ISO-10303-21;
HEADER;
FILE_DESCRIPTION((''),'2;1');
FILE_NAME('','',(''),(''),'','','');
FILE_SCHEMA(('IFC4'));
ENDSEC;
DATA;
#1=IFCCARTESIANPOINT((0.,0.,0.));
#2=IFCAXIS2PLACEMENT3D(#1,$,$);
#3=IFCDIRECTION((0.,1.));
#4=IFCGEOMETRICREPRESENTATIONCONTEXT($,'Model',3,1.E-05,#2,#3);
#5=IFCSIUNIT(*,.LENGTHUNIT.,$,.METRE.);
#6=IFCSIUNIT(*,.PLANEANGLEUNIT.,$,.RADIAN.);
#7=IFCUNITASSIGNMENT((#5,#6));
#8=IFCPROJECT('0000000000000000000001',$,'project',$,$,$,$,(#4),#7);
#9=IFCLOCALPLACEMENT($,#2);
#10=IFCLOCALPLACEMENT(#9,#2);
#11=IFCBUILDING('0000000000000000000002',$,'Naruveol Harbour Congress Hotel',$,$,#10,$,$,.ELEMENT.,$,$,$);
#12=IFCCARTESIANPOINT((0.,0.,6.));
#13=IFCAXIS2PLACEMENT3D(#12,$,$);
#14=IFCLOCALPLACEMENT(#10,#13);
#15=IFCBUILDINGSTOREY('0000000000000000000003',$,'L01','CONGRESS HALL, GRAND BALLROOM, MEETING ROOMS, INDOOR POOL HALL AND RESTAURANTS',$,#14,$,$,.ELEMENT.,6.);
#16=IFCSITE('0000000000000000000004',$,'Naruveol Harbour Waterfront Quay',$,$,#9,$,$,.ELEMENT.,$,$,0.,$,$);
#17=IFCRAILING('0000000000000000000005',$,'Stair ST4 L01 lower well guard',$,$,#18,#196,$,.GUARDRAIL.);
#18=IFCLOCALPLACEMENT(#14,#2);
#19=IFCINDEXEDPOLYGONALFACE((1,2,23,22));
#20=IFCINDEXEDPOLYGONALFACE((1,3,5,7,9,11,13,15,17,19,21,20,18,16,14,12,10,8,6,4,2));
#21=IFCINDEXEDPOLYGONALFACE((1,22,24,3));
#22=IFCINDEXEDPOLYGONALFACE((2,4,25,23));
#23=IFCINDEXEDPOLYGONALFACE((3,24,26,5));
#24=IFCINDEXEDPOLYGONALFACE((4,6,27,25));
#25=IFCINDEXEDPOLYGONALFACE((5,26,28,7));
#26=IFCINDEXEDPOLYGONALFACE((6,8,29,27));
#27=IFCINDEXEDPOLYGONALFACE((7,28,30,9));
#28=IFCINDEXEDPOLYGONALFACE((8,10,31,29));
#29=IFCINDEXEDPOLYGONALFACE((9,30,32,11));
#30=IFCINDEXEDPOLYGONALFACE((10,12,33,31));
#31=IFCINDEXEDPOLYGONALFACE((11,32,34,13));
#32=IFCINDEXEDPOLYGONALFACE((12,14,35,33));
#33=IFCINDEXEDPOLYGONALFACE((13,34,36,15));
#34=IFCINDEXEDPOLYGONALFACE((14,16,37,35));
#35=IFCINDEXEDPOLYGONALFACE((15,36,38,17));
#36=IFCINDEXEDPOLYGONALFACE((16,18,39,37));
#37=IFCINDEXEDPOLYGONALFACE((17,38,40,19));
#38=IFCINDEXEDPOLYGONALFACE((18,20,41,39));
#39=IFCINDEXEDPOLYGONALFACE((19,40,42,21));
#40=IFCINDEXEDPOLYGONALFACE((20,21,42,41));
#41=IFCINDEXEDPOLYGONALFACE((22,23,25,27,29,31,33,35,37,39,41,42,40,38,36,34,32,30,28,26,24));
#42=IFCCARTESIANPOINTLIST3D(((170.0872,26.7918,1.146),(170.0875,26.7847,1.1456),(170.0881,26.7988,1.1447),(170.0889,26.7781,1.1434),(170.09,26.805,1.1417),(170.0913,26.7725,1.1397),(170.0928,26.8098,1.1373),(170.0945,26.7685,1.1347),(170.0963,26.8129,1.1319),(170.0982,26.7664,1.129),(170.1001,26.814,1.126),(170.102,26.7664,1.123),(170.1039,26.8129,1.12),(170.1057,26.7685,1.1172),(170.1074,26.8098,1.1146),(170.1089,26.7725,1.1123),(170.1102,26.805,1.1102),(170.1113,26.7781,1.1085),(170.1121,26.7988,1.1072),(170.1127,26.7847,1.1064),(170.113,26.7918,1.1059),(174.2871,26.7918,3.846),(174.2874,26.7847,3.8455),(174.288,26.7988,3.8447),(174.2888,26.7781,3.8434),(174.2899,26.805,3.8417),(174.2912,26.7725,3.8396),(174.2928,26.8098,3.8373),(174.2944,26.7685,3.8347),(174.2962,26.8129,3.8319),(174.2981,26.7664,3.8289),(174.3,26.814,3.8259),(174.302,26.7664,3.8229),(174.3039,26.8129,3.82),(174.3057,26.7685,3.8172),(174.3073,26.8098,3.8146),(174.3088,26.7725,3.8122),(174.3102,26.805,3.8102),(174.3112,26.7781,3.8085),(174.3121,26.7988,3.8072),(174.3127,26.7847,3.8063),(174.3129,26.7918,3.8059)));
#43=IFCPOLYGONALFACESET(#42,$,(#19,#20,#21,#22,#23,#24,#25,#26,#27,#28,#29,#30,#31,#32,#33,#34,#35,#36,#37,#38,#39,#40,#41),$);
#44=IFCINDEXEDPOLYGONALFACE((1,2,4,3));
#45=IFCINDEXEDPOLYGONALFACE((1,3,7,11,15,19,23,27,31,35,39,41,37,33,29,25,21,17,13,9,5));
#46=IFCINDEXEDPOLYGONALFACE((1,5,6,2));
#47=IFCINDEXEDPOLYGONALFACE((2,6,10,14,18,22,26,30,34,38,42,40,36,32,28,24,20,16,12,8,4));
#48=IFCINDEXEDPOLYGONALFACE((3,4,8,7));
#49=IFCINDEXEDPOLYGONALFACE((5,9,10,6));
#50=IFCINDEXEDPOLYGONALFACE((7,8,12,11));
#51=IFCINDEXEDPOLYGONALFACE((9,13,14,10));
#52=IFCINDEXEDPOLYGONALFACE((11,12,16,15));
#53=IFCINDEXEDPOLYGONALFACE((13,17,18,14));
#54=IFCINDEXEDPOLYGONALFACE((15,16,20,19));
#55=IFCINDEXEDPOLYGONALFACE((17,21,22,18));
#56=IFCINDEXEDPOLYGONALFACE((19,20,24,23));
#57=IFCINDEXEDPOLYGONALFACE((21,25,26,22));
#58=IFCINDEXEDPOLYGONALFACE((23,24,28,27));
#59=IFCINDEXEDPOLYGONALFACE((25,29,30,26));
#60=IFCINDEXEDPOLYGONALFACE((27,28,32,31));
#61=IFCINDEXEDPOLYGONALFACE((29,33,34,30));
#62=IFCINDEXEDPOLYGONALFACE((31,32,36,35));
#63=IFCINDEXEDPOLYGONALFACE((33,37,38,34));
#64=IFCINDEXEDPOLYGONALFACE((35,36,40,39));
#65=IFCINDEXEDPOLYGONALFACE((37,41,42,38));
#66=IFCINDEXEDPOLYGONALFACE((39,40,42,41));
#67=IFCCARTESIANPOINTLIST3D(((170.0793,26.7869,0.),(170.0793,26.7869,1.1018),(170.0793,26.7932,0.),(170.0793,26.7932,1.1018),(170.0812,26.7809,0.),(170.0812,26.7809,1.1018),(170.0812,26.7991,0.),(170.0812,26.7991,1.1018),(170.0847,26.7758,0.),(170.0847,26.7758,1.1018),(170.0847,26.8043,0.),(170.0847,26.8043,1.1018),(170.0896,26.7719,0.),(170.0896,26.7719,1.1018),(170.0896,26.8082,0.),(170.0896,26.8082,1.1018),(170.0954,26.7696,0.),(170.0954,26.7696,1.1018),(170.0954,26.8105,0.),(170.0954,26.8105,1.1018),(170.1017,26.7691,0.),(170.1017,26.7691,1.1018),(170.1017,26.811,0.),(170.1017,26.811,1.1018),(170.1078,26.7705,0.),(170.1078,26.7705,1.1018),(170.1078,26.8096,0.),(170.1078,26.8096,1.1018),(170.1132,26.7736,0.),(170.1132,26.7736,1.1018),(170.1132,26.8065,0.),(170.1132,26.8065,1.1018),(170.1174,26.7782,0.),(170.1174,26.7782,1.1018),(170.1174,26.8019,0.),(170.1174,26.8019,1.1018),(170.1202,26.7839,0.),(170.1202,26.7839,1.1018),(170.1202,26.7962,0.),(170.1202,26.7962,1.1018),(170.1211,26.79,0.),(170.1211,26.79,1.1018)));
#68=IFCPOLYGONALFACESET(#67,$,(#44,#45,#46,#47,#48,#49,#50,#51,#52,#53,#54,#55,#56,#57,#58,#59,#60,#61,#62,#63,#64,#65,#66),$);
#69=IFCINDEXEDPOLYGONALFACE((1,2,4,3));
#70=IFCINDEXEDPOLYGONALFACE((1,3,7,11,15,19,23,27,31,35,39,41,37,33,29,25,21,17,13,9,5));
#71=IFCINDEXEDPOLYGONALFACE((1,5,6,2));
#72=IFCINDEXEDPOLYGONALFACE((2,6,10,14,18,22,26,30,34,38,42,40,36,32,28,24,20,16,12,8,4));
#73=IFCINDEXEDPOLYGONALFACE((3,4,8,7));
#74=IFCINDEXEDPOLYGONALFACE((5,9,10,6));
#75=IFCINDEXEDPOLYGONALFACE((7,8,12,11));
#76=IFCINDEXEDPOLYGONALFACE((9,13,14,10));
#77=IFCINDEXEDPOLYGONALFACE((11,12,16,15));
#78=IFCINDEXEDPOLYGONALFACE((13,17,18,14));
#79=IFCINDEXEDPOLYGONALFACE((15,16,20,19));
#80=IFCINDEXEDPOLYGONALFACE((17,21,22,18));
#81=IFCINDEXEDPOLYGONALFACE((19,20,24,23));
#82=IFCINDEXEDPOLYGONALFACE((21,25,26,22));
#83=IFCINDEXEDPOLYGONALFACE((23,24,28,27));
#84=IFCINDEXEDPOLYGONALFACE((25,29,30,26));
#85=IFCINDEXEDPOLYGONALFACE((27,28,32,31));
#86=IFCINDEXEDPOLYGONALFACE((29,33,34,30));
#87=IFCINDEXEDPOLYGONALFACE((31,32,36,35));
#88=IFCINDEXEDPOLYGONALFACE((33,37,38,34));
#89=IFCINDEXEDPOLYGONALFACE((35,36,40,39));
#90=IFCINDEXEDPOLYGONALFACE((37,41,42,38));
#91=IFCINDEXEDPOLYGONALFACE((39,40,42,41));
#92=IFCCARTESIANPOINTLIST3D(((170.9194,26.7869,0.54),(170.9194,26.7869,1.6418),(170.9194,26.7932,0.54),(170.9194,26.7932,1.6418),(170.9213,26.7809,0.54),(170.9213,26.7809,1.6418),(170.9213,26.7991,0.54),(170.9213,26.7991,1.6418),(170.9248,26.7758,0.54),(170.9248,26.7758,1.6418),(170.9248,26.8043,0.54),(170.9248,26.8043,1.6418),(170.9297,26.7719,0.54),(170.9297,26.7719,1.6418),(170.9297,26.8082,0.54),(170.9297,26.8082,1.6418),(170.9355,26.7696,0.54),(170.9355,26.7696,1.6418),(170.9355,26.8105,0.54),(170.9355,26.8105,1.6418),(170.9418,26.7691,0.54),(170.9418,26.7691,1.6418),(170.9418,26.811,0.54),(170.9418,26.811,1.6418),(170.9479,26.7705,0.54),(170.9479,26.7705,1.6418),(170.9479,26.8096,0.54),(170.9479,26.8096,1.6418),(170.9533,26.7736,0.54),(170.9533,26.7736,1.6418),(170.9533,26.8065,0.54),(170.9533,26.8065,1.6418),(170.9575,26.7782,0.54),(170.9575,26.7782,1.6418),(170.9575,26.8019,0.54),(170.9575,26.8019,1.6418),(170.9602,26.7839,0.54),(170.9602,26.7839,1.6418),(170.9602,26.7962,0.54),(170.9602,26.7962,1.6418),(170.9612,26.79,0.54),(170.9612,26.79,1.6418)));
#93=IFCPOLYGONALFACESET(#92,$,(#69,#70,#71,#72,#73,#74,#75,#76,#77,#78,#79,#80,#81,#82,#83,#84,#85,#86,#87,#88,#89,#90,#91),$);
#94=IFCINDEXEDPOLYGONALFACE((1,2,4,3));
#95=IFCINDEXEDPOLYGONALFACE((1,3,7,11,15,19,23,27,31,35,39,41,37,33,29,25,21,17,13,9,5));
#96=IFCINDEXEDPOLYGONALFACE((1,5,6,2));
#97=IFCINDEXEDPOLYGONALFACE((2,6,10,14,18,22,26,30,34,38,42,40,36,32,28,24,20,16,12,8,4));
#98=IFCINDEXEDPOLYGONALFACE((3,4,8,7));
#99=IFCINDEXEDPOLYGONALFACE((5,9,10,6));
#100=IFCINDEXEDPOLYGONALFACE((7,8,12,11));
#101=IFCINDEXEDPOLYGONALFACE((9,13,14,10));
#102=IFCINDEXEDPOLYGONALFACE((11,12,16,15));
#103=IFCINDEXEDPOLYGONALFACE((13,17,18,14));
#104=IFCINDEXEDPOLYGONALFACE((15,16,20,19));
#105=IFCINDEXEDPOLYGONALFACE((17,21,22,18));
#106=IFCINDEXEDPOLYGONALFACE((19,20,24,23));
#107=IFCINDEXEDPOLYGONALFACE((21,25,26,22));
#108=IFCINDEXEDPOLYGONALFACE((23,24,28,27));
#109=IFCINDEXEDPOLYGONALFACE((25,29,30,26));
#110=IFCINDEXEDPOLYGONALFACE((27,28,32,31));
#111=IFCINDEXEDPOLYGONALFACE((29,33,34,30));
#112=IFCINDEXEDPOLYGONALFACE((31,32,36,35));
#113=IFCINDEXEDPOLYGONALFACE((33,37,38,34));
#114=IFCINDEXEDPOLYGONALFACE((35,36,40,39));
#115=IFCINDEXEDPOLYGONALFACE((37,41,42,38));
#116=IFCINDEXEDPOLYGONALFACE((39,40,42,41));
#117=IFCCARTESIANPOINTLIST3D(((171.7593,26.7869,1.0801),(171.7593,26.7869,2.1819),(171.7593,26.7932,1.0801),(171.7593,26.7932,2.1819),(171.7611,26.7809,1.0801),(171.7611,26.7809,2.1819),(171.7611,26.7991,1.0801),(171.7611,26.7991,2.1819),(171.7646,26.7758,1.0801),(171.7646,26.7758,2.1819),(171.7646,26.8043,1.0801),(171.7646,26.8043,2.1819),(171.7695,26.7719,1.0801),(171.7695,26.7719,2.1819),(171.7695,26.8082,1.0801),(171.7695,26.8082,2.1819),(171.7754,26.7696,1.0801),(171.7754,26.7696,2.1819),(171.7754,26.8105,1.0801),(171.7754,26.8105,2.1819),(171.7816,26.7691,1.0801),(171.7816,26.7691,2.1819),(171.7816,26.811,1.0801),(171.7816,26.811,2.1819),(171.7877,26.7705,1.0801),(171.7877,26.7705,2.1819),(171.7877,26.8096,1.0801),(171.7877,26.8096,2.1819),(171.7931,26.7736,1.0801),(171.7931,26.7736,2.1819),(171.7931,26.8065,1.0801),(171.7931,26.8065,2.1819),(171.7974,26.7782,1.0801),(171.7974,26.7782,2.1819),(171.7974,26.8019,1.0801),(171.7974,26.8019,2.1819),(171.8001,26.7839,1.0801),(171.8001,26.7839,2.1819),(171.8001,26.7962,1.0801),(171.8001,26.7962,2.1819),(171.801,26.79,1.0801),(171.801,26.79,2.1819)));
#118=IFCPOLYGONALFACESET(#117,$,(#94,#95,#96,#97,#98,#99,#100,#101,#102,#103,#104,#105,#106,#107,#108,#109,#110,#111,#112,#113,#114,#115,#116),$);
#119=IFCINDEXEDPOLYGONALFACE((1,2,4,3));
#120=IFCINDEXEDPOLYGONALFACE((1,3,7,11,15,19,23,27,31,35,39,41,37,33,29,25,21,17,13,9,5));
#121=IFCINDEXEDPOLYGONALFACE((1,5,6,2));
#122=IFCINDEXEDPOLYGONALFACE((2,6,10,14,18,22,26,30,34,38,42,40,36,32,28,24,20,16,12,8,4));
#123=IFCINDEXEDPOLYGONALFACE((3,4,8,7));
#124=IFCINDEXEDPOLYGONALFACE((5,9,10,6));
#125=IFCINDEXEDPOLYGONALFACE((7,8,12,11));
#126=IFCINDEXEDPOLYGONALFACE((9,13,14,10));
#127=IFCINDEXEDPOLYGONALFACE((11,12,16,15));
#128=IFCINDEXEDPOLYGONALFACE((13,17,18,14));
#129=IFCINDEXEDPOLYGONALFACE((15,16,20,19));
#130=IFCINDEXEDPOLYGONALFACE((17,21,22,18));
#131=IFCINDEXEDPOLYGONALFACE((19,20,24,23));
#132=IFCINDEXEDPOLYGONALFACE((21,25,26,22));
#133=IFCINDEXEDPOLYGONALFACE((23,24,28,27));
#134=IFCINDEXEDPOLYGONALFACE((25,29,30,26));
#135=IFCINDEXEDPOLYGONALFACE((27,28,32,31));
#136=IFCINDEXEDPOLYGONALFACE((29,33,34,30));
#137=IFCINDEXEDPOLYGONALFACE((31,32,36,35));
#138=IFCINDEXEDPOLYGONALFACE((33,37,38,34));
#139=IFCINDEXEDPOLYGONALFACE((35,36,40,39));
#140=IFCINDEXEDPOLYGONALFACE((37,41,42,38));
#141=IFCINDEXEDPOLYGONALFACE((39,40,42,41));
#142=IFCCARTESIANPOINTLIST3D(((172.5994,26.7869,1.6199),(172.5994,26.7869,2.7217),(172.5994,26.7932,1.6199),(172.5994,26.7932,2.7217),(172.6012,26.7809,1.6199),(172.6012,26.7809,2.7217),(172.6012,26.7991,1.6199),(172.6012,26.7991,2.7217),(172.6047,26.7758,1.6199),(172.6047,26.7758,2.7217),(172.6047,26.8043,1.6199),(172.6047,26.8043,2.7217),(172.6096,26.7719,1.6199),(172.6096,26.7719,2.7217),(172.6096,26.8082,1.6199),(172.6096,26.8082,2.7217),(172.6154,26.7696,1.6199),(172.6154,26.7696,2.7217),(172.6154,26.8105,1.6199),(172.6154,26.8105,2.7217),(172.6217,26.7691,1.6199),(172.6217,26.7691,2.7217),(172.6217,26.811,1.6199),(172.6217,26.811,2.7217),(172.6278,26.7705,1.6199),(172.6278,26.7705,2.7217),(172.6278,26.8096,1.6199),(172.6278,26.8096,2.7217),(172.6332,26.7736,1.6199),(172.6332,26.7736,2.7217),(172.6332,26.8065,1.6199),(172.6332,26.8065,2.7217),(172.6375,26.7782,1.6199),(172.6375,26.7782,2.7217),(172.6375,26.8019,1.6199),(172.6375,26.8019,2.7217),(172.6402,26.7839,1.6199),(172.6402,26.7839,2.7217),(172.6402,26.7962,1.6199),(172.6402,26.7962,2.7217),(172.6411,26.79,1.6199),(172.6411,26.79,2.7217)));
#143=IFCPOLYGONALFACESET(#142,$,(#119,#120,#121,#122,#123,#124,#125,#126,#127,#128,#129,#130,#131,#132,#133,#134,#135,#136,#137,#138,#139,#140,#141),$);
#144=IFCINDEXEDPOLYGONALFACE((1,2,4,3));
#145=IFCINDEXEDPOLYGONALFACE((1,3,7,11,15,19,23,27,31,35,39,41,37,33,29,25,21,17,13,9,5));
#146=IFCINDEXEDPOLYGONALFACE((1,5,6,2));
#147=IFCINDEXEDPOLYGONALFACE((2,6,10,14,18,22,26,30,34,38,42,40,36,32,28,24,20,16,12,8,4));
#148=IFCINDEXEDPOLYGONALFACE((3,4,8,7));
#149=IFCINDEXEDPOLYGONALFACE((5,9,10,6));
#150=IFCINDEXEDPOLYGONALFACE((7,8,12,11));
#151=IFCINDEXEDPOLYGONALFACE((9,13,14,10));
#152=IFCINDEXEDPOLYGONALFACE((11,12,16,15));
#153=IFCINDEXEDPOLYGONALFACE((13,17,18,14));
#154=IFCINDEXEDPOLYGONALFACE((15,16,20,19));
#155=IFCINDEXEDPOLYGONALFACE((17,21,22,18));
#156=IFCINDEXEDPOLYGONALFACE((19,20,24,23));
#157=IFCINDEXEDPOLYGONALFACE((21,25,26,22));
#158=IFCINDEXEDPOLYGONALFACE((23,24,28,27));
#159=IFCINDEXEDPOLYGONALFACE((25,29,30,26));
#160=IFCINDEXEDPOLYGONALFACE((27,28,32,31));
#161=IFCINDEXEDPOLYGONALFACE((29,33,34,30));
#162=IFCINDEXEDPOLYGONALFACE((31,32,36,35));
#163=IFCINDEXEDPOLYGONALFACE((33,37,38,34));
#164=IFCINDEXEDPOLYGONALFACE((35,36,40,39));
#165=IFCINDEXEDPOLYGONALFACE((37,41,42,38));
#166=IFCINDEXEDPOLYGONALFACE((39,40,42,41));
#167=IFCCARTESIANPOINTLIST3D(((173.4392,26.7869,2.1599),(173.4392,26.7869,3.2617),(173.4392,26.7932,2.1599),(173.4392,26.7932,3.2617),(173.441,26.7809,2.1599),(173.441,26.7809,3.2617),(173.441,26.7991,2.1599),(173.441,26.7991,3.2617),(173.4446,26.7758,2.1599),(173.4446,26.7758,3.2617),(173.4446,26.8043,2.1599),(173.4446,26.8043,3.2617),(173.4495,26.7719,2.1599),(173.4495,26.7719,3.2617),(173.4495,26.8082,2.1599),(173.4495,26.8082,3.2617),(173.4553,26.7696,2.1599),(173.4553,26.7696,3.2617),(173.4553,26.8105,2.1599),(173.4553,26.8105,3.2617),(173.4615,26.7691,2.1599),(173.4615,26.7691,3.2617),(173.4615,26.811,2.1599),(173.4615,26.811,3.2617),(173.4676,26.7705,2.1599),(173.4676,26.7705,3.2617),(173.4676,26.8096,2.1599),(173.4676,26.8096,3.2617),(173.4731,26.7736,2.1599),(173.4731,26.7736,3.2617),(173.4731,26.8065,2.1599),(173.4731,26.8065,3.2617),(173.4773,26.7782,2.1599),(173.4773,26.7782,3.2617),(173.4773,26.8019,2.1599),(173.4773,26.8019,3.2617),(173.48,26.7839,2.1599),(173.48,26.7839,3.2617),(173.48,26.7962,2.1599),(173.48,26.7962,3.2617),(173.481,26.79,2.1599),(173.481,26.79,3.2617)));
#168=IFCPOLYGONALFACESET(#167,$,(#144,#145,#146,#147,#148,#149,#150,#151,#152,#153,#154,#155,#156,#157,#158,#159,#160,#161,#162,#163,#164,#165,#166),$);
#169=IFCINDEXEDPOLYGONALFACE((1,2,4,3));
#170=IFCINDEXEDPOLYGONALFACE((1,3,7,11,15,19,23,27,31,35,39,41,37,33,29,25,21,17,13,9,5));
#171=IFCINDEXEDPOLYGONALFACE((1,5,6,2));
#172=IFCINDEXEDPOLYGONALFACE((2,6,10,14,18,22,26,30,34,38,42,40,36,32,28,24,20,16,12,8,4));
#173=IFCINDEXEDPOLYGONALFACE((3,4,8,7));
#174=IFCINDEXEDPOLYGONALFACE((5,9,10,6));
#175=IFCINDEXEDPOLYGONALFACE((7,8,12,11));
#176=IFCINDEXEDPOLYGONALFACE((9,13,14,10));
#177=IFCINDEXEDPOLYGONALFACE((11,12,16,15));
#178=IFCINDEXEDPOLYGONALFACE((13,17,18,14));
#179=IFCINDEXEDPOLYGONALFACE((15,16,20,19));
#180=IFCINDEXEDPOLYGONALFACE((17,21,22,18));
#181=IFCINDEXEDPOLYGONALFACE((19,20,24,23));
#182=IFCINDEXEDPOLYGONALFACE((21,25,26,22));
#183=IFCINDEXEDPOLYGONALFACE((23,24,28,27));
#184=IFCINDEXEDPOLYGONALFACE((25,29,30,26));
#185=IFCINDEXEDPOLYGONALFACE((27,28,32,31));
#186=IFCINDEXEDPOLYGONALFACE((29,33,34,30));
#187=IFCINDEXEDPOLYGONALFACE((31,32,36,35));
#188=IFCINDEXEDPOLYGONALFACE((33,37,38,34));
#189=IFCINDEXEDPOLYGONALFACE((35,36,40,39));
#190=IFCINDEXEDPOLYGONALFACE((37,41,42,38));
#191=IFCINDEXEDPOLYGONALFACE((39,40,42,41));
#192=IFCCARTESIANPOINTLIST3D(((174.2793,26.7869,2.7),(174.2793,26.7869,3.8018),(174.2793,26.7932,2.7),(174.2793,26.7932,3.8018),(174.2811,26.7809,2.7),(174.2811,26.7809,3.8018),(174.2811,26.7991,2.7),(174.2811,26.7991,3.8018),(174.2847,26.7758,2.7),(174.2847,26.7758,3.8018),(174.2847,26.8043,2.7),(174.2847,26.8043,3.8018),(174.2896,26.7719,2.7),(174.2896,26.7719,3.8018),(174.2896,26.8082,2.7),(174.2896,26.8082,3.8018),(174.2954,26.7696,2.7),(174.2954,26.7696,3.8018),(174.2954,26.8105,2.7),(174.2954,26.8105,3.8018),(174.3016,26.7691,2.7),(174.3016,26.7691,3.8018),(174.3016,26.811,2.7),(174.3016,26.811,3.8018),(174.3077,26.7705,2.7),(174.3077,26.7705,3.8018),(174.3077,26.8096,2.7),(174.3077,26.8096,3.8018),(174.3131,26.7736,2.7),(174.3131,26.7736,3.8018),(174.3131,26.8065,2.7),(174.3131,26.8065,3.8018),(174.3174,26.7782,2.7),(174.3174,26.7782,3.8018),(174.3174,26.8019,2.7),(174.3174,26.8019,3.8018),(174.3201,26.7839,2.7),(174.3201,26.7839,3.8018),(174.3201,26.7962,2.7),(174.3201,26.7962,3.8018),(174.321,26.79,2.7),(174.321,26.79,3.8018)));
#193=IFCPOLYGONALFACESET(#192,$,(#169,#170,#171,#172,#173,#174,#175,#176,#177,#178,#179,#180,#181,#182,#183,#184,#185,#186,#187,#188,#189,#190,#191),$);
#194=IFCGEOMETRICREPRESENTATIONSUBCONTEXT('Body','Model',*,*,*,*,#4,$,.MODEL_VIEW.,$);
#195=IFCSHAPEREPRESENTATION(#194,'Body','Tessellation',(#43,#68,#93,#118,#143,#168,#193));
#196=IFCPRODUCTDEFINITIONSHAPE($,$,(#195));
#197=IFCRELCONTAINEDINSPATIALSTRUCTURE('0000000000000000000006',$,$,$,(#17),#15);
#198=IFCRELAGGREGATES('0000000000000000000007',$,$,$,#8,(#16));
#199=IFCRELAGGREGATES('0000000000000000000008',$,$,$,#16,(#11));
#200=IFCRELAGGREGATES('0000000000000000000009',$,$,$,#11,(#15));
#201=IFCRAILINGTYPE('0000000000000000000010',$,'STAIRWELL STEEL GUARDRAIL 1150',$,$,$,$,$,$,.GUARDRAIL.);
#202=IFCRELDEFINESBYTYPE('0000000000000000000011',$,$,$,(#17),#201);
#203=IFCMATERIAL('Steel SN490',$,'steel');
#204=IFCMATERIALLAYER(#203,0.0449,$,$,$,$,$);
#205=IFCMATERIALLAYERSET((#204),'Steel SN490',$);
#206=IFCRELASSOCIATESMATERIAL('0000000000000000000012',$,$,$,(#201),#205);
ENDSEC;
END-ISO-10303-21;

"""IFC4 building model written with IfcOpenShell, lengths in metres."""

from ifc_helpers import new_model, si_unit, direction, frame, origin, origin_2d, place, context, subcontext, project, spatial, circle, extrude, material, layer, layer_set, type_object, element, save


model = new_model("IFC4")

# Units and contexts
model_context = context("Model", 3, precision=1e-05, world=origin(), true_north=direction((0.0, 1.0)))
body_context = subcontext(model_context, "Body", "Model", "MODEL_VIEW")
ifc_project = project(units=[si_unit("LENGTHUNIT", "METRE"), si_unit("PLANEANGLEUNIT", "RADIAN")], contexts=[model_context])

# Site, building, storey
site_placement = place(None, origin())
site = spatial("IfcSite", under=ifc_project, at=site_placement, Name="Naruveol Harbour Waterfront Quay", CompositionType="ELEMENT", RefElevation=0.0)
building_placement = place(site_placement, origin())
building = spatial("IfcBuilding", under=site, at=building_placement, Name="Naruveol Harbour Congress Hotel", CompositionType="ELEMENT")
storey_placement = place(building_placement, frame((0.0, 0.0, 6.0)))
storey = spatial("IfcBuildingStorey", under=building, at=storey_placement, Name="L01", Description="CONGRESS HALL, GRAND BALLROOM, MEETING ROOMS, INDOOR POOL HALL AND RESTAURANTS", CompositionType="ELEMENT", Elevation=6.0)

# Railing
ifc_material_1 = material(Name="Steel SN490", Category="steel")
ifc_layer_1 = layer(ifc_material_1, 0.0449)
ifc_layer_set_1 = layer_set([ifc_layer_1], Name="Steel SN490")
railing_type_1 = type_object("IfcRailingType", Name="STAIRWELL STEEL GUARDRAIL 1150", PredefinedType="GUARDRAIL", material=ifc_layer_set_1)
railing_1_placement = place(storey_placement, frame((170.1001, 26.79, 0.0)))
element("IfcRailing", 1, at=railing_1_placement, inside=storey, type_object=railing_type_1, Name="Stair ST4 L01 lower well guard", PredefinedType="GUARDRAIL", context=body_context, shape_type="SweptSolid", body=[
    extrude(circle(Radius=0.0239, at=origin_2d()), frame((0.0, 0.0, 1.126), z_axis=(0.84118, 0.0, 0.540755), x_axis=(0.0, 1.0, 0.0)), (0.0, 0.0, 1.0), 4.9929),
    extrude(circle(Radius=0.021, at=origin_2d()), origin(), (0.0, 0.0, 1.0), 1.1018),
    extrude(circle(Radius=0.021, at=origin_2d()), frame((0.8401, 0.0, 0.54)), (0.0, 0.0, 1.0), 1.1018),
    extrude(circle(Radius=0.021, at=origin_2d()), frame((1.6799, 0.0, 1.0801)), (0.0, 0.0, 1.0), 1.1018),
    extrude(circle(Radius=0.021, at=origin_2d()), frame((2.52, 0.0, 1.6199)), (0.0, 0.0, 1.0), 1.1018),
    extrude(circle(Radius=0.021, at=origin_2d()), frame((3.3599, 0.0, 2.1599)), (0.0, 0.0, 1.0), 1.1018),
    extrude(circle(Radius=0.021, at=origin_2d()), frame((4.2, 0.0, 2.7)), (0.0, 0.0, 1.0), 1.1018),
])

save(model, "model.ifc")
